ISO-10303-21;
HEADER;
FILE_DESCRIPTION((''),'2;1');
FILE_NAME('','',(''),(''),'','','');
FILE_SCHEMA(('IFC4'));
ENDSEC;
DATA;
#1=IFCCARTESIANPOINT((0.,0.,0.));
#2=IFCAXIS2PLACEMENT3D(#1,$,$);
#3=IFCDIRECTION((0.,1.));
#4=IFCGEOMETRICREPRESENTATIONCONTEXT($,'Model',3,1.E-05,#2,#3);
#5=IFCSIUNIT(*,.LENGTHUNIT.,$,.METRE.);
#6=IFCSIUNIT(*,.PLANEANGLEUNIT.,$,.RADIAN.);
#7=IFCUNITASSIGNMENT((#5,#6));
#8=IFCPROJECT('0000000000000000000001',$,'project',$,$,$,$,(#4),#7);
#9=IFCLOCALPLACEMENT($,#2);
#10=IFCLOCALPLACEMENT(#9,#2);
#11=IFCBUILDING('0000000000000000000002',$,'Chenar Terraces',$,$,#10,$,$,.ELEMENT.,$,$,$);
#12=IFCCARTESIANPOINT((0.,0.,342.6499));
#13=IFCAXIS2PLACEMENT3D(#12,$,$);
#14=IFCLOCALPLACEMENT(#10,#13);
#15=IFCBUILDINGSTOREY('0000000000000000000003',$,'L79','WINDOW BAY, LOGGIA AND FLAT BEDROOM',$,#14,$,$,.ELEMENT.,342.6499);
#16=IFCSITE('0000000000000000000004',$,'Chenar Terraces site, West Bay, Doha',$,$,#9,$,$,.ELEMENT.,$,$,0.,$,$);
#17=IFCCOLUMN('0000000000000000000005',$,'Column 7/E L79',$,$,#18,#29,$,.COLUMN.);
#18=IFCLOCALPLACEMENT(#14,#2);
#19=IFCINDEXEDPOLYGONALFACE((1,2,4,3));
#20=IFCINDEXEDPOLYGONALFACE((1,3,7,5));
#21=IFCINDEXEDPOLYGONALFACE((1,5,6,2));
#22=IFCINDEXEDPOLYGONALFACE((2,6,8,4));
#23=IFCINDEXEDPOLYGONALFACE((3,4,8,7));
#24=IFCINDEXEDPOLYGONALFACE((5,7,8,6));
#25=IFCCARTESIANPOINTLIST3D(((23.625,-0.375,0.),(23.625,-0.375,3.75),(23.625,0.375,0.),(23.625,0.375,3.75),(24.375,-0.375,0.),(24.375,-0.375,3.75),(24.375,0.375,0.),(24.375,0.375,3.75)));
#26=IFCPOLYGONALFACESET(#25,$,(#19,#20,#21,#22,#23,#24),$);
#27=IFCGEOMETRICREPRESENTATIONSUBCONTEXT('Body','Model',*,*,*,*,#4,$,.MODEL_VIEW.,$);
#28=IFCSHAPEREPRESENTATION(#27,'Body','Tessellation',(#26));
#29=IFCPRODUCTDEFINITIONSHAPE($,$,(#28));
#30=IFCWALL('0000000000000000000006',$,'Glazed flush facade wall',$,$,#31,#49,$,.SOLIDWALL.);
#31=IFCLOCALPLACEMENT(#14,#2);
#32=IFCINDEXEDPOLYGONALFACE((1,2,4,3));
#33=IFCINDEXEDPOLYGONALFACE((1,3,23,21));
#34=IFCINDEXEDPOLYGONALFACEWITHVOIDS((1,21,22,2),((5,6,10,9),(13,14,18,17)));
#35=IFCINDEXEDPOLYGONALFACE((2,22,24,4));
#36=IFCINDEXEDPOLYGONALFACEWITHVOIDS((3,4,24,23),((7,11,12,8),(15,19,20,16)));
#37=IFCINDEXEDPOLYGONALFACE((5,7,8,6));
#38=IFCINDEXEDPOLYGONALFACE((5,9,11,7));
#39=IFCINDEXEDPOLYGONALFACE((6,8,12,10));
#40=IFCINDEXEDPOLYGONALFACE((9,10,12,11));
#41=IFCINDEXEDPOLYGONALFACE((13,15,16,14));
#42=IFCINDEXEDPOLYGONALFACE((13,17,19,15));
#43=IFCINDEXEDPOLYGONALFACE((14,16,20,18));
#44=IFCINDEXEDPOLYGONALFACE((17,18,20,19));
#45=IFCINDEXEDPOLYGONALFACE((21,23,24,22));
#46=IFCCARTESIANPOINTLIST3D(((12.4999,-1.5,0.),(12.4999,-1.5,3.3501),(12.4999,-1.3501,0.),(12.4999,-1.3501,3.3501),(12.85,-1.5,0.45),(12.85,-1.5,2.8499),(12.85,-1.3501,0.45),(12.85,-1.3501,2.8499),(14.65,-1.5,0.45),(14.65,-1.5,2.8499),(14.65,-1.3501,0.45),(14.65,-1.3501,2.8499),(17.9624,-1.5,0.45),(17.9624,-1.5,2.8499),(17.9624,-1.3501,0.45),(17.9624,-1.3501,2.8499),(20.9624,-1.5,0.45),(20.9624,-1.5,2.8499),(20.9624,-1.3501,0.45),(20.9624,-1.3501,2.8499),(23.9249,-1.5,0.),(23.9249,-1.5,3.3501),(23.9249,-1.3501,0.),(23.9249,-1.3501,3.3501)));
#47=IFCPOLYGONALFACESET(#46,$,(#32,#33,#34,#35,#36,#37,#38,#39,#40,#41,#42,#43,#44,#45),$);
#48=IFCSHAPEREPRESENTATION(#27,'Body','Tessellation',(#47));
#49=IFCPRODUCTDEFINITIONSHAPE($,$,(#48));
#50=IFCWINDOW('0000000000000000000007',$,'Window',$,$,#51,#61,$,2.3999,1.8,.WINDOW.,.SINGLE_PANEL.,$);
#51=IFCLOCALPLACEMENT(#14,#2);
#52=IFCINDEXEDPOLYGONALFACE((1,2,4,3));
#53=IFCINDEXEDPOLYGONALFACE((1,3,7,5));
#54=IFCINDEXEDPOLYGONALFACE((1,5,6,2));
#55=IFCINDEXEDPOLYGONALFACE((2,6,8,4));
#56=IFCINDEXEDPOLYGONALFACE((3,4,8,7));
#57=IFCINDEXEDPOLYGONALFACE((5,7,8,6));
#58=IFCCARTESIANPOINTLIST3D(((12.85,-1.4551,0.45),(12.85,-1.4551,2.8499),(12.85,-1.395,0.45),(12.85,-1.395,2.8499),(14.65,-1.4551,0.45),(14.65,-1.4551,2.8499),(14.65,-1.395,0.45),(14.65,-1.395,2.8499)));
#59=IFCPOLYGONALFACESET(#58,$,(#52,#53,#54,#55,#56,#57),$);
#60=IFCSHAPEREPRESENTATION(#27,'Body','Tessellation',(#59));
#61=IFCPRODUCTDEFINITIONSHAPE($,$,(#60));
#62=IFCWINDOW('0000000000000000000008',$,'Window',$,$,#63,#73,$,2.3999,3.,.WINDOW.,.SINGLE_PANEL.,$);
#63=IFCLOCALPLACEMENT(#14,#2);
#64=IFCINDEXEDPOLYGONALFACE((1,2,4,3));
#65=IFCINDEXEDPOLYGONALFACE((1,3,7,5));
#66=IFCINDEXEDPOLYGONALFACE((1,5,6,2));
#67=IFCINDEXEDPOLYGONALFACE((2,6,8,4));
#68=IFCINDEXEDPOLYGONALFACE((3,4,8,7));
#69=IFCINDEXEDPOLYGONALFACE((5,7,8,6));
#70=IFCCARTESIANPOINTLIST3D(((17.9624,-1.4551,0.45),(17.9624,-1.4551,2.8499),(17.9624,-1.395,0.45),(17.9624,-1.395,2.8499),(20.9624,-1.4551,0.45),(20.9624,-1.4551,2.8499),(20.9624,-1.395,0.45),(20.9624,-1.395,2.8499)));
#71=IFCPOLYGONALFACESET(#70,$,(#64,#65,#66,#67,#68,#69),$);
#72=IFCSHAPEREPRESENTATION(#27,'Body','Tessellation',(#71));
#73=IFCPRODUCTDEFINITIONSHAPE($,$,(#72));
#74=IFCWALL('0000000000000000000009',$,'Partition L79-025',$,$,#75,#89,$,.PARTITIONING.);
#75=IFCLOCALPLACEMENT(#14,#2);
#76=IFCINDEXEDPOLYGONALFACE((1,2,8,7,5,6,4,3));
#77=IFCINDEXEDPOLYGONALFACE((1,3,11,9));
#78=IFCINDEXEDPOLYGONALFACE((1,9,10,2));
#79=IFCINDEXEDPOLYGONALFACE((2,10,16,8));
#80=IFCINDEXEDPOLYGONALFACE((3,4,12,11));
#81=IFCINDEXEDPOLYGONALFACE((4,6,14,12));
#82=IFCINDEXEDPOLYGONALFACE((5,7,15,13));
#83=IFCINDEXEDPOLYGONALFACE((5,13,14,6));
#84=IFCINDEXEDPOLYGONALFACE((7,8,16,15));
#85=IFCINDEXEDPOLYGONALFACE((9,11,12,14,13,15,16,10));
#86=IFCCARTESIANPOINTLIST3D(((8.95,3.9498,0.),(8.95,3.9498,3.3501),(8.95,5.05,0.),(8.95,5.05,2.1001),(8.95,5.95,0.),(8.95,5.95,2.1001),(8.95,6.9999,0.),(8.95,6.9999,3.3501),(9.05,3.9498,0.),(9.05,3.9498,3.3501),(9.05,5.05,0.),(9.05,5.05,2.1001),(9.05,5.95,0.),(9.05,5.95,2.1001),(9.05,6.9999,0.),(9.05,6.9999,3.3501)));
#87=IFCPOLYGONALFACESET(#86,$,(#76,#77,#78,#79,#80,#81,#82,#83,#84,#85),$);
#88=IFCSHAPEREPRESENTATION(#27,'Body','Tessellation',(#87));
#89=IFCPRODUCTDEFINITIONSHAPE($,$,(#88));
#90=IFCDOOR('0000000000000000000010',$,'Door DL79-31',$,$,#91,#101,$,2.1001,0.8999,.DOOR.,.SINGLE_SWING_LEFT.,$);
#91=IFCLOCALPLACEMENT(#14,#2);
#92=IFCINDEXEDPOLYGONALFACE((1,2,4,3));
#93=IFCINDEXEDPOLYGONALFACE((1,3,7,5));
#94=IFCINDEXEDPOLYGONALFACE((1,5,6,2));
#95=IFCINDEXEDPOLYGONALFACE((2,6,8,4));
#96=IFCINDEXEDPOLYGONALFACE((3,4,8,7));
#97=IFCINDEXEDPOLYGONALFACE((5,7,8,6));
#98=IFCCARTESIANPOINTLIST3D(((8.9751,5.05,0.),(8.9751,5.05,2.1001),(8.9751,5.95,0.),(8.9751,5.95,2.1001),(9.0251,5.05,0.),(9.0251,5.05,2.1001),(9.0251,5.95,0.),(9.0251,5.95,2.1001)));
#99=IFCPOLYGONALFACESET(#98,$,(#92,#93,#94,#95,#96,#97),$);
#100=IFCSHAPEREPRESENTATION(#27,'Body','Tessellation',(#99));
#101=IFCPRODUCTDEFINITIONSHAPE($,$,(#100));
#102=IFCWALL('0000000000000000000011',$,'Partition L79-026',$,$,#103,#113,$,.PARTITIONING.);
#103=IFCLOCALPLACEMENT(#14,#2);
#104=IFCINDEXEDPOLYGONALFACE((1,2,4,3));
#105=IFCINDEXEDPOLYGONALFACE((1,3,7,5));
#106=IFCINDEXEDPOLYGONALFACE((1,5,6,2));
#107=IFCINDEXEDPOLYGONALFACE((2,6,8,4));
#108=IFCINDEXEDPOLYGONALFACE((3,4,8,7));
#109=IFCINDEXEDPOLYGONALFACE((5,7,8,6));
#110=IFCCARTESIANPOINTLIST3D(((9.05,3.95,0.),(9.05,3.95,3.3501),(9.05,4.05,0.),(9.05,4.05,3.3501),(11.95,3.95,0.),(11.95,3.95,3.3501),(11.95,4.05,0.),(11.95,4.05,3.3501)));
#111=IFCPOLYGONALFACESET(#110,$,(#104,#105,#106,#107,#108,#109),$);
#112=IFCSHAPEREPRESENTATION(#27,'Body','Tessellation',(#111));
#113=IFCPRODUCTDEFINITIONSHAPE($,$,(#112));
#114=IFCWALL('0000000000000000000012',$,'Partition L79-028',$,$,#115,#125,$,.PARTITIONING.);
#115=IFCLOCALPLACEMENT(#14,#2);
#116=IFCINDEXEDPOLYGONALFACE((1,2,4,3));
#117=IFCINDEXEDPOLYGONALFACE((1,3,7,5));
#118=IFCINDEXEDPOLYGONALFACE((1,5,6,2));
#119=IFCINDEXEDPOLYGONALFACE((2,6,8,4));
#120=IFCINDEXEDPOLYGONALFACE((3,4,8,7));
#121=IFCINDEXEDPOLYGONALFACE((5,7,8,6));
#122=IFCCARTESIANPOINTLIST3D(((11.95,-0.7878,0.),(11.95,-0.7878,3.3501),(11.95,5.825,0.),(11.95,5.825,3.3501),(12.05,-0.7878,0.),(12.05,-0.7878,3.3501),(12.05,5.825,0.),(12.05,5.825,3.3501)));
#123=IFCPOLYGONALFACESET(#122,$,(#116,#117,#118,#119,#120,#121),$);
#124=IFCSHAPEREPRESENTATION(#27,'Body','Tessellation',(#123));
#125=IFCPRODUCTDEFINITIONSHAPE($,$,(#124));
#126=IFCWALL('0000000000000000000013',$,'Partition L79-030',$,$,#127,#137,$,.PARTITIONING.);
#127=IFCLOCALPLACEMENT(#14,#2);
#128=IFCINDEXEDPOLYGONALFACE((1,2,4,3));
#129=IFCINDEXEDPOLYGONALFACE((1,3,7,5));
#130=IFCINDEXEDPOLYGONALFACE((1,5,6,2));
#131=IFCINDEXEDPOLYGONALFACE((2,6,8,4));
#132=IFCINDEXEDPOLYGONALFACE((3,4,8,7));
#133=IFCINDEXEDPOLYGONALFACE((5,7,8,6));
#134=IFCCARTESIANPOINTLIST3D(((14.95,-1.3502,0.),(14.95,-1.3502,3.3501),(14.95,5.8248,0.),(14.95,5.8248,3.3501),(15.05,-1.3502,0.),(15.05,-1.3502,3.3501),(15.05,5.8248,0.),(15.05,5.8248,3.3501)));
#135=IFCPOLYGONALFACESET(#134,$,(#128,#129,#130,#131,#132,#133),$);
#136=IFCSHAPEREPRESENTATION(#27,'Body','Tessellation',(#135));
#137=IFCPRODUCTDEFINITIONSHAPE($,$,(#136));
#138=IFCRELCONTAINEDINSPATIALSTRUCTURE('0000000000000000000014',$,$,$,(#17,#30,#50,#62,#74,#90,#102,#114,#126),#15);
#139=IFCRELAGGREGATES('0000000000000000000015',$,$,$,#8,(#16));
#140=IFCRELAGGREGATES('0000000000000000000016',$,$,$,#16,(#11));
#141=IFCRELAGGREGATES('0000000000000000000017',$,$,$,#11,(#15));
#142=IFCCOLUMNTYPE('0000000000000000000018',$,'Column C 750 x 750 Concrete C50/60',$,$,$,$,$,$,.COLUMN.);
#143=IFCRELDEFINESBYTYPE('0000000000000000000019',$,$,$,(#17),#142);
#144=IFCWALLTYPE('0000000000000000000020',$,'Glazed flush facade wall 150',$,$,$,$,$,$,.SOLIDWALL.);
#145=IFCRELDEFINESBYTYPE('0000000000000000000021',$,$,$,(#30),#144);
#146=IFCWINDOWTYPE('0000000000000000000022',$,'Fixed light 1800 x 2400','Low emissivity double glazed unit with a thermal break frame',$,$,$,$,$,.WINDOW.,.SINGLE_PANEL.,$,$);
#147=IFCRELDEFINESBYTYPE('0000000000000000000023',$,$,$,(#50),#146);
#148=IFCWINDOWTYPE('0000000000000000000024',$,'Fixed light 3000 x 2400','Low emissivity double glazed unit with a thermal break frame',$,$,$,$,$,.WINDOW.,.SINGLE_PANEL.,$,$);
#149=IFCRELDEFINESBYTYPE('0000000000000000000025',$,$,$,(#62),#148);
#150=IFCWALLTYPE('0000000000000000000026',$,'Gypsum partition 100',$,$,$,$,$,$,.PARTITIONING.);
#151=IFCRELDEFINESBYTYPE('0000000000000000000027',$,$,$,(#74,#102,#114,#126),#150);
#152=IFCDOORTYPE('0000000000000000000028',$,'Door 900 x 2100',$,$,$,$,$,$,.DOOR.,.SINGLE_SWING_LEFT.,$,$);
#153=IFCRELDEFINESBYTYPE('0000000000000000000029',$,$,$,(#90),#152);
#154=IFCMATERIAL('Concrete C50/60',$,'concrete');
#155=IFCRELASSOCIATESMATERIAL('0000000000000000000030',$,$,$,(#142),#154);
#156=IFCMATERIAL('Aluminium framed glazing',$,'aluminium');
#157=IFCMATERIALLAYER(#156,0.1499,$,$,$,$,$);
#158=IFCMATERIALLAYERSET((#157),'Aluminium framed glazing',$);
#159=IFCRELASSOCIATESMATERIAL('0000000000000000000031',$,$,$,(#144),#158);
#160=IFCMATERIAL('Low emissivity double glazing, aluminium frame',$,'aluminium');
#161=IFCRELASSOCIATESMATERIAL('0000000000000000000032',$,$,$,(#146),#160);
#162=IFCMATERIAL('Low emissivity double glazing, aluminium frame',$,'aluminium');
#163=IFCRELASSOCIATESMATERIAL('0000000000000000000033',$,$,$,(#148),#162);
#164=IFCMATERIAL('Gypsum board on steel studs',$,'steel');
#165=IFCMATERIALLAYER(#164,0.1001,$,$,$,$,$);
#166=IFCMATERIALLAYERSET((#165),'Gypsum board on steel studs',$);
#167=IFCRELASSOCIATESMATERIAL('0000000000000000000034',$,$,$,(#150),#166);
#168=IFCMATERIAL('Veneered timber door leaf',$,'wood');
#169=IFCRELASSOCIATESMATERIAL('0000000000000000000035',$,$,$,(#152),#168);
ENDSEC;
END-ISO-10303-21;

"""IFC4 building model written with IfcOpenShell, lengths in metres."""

from ifc_helpers import new_model, si_unit, direction, frame, frame_2d, origin, origin_2d, place, context, subcontext, project, spatial, rectangle, extrude, material, layer, layer_set, material_profile, profile_set, type_object, element, fill, save


model = new_model("IFC4")

# Units and contexts
model_context = context("Model", 3, precision=1e-05, world=origin(), true_north=direction((0.0, 1.0)))
body_context = subcontext(model_context, "Body", "Model", "MODEL_VIEW")
ifc_project = project(units=[si_unit("LENGTHUNIT", "METRE"), si_unit("PLANEANGLEUNIT", "RADIAN")], contexts=[model_context])

# Site, building, storey
site_placement = place(None, origin())
site = spatial("IfcSite", under=ifc_project, at=site_placement, Name="Chenar Terraces site, West Bay, Doha", CompositionType="ELEMENT", RefElevation=0.0)
building_placement = place(site_placement, origin())
building = spatial("IfcBuilding", under=site, at=building_placement, Name="Chenar Terraces", CompositionType="ELEMENT")
storey_placement = place(building_placement, frame((0.0, 0.0, 342.6499)))
storey = spatial("IfcBuildingStorey", under=building, at=storey_placement, Name="L79", Description="WINDOW BAY, LOGGIA AND FLAT BEDROOM", CompositionType="ELEMENT", Elevation=342.6499)

# Column
ifc_material_1 = material(Name="Concrete C50/60", Category="concrete")
ifc_material_profile = material_profile(ifc_material_1, rectangle(XDim=0.75, YDim=0.75, at=origin_2d()), Name="C 750 x 750")
ifc_profile_set = profile_set([ifc_material_profile], Name="Concrete C50/60")
column_type = type_object("IfcColumnType", Name="Column C 750 x 750 Concrete C50/60", PredefinedType="COLUMN", material=ifc_profile_set)
column_placement = place(storey_placement, frame((24.0, 0.0, 0.0), z_axis=(0.0, 0.0, 1.0), x_axis=(1.0, 0.0, 0.0)))
element("IfcColumn", 1, at=column_placement, inside=storey, type_object=column_type, Name="Column 7/E L79", PredefinedType="COLUMN", context=body_context, shape_type="SweptSolid", body=[
    extrude(rectangle(XDim=0.75, YDim=0.75, at=origin_2d()), origin(), (0.0, 0.0, 1.0), 3.75),
])

# Wall, openings, windows
ifc_material_2 = material(Name="Aluminium framed glazing", Category="aluminium")
ifc_layer_1 = layer(ifc_material_2, 0.1499)
ifc_layer_set_1 = layer_set([ifc_layer_1], Name="Aluminium framed glazing")
wall_type_1 = type_object("IfcWallType", Name="Glazed flush facade wall 150", PredefinedType="SOLIDWALL", material=ifc_layer_set_1)
wall_1_placement = place(storey_placement, frame((12.5, -1.425, 0.0), z_axis=(0.0, 0.0, 1.0), x_axis=(1.0, 0.0, 0.0)))
wall_1 = element("IfcWall", 2, at=wall_1_placement, inside=storey, type_object=wall_type_1, Name="Glazed flush facade wall", PredefinedType="SOLIDWALL", context=body_context, shape_type="SweptSolid", body=[
    extrude(rectangle(XDim=11.425, YDim=0.1499, at=frame_2d((5.7124, 0.0))), origin(), (0.0, 0.0, 1.0), 3.3501),
])
opening_1_placement = place(wall_1_placement, frame((0.3501, 0.0, 0.45)))
opening_1 = element("IfcOpeningElement", 3, at=opening_1_placement, cuts=wall_1, PredefinedType="OPENING", context=body_context, shape_type="SweptSolid", body=[
    extrude(rectangle(XDim=1.8, YDim=2.3999, at=frame_2d((0.8999, 1.2))), frame((0.0, 0.085, 0.0), z_axis=(0.0, -1.0, 0.0), x_axis=(1.0, 0.0, 0.0)), (0.0, 0.0, 1.0), 0.1699),
])
opening_2_placement = place(wall_1_placement, frame((5.4624, 0.0, 0.45)))
opening_2 = element("IfcOpeningElement", 4, at=opening_2_placement, cuts=wall_1, PredefinedType="OPENING", context=body_context, shape_type="SweptSolid", body=[
    extrude(rectangle(XDim=3.0, YDim=2.3999, at=frame_2d((1.5, 1.2))), frame((0.0, 0.085, 0.0), z_axis=(0.0, -1.0, 0.0), x_axis=(1.0, 0.0, 0.0)), (0.0, 0.0, 1.0), 0.1699),
])
ifc_material_3 = material(Name="Low emissivity double glazing, aluminium frame", Category="aluminium")
window_type_1 = type_object("IfcWindowType", Name="Fixed light 1800 x 2400", Description="Low emissivity double glazed unit with a thermal break frame", PartitioningType="SINGLE_PANEL", PredefinedType="WINDOW", material=ifc_material_3)
window_1_placement = place(opening_1_placement, origin())
window_1 = element("IfcWindow", 5, at=window_1_placement, inside=storey, type_object=window_type_1, Name="Window", OverallHeight=2.3999, OverallWidth=1.8, PartitioningType="SINGLE_PANEL", PredefinedType="WINDOW", context=body_context, shape_type="SweptSolid", body=[
    extrude(rectangle(XDim=1.8, YDim=2.3999, at=frame_2d((0.8999, 1.2))), frame((0.0, 0.03, 0.0), z_axis=(0.0, -1.0, 0.0), x_axis=(1.0, 0.0, 0.0)), (0.0, 0.0, 1.0), 0.0601),
])
fill(opening_1, window_1)
ifc_material_4 = material(Name="Low emissivity double glazing, aluminium frame", Category="aluminium")
window_type_2 = type_object("IfcWindowType", Name="Fixed light 3000 x 2400", Description="Low emissivity double glazed unit with a thermal break frame", PartitioningType="SINGLE_PANEL", PredefinedType="WINDOW", material=ifc_material_4)
window_2_placement = place(opening_2_placement, origin())
window_2 = element("IfcWindow", 6, at=window_2_placement, inside=storey, type_object=window_type_2, Name="Window", OverallHeight=2.3999, OverallWidth=3.0, PartitioningType="SINGLE_PANEL", PredefinedType="WINDOW", context=body_context, shape_type="SweptSolid", body=[
    extrude(rectangle(XDim=3.0, YDim=2.3999, at=frame_2d((1.5, 1.2))), frame((0.0, 0.03, 0.0), z_axis=(0.0, -1.0, 0.0), x_axis=(1.0, 0.0, 0.0)), (0.0, 0.0, 1.0), 0.0601),
])
fill(opening_2, window_2)

# Wall, opening, door
ifc_material_5 = material(Name="Gypsum board on steel studs", Category="steel")
ifc_layer_2 = layer(ifc_material_5, 0.1001)
ifc_layer_set_2 = layer_set([ifc_layer_2], Name="Gypsum board on steel studs")
wall_type_2 = type_object("IfcWallType", Name="Gypsum partition 100", PredefinedType="PARTITIONING", material=ifc_layer_set_2)
wall_2_placement = place(storey_placement, frame((9.0, 3.95, 0.0), z_axis=(0.0, 0.0, 1.0), x_axis=(0.0, 1.0, 0.0)))
wall_2 = element("IfcWall", 7, at=wall_2_placement, inside=storey, type_object=wall_type_2, Name="Partition L79-025", PredefinedType="PARTITIONING", context=body_context, shape_type="SweptSolid", body=[
    extrude(rectangle(XDim=3.05, YDim=0.1001, at=frame_2d((1.5249, 0.0))), origin(), (0.0, 0.0, 1.0), 3.3501),
])
opening_3_placement = place(wall_2_placement, frame((1.1001, 0.0, 0.0)))
opening_3 = element("IfcOpeningElement", 8, at=opening_3_placement, cuts=wall_2, PredefinedType="OPENING", context=body_context, shape_type="SweptSolid", body=[
    extrude(rectangle(XDim=0.8999, YDim=2.1001, at=frame_2d((0.45, 1.05))), frame((0.0, 0.0601, 0.0), z_axis=(0.0, -1.0, 0.0), x_axis=(1.0, 0.0, 0.0)), (0.0, 0.0, 1.0), 0.1201),
])
ifc_material_6 = material(Name="Veneered timber door leaf", Category="wood")
door_type = type_object("IfcDoorType", Name="Door 900 x 2100", OperationType="SINGLE_SWING_LEFT", PredefinedType="DOOR", material=ifc_material_6)
door_1_placement = place(opening_3_placement, origin())
door_1 = element("IfcDoor", 9, at=door_1_placement, inside=storey, type_object=door_type, Name="Door DL79-31", OperationType="SINGLE_SWING_LEFT", OverallHeight=2.1001, OverallWidth=0.8999, PredefinedType="DOOR", context=body_context, shape_type="SweptSolid", body=[
    extrude(rectangle(XDim=0.8999, YDim=2.1001, at=frame_2d((0.45, 1.05))), frame((0.0, 0.0249, 0.0), z_axis=(0.0, -1.0, 0.0), x_axis=(1.0, 0.0, 0.0)), (0.0, 0.0, 1.0), 0.05),
])
fill(opening_3, door_1)

# Walls
wall_3_placement = place(storey_placement, frame((9.05, 4.0, 0.0), z_axis=(0.0, 0.0, 1.0), x_axis=(1.0, 0.0, 0.0)))
element("IfcWall", 10, at=wall_3_placement, inside=storey, type_object=wall_type_2, Name="Partition L79-026", PredefinedType="PARTITIONING", context=body_context, shape_type="SweptSolid", body=[
    extrude(rectangle(XDim=2.8999, YDim=0.1001, at=frame_2d((1.45, 0.0))), origin(), (0.0, 0.0, 1.0), 3.3501),
])
wall_4_placement = place(storey_placement, frame((12.0, -0.7878, 0.0), z_axis=(0.0, 0.0, 1.0), x_axis=(0.0, 1.0, 0.0)))
element("IfcWall", 11, at=wall_4_placement, inside=storey, type_object=wall_type_2, Name="Partition L79-028", PredefinedType="PARTITIONING", context=body_context, shape_type="SweptSolid", body=[
    extrude(rectangle(XDim=6.6128, YDim=0.1001, at=frame_2d((3.3064, 0.0))), origin(), (0.0, 0.0, 1.0), 3.3501),
])
wall_5_placement = place(storey_placement, frame((15.0, -1.3501, 0.0), z_axis=(0.0, 0.0, 1.0), x_axis=(0.0, 1.0, 0.0)))
element("IfcWall", 12, at=wall_5_placement, inside=storey, type_object=wall_type_2, Name="Partition L79-030", PredefinedType="PARTITIONING", context=body_context, shape_type="SweptSolid", body=[
    extrude(rectangle(XDim=7.175, YDim=0.1001, at=frame_2d((3.5874, 0.0))), origin(), (0.0, 0.0, 1.0), 3.3501),
])

save(model, "model.ifc")
